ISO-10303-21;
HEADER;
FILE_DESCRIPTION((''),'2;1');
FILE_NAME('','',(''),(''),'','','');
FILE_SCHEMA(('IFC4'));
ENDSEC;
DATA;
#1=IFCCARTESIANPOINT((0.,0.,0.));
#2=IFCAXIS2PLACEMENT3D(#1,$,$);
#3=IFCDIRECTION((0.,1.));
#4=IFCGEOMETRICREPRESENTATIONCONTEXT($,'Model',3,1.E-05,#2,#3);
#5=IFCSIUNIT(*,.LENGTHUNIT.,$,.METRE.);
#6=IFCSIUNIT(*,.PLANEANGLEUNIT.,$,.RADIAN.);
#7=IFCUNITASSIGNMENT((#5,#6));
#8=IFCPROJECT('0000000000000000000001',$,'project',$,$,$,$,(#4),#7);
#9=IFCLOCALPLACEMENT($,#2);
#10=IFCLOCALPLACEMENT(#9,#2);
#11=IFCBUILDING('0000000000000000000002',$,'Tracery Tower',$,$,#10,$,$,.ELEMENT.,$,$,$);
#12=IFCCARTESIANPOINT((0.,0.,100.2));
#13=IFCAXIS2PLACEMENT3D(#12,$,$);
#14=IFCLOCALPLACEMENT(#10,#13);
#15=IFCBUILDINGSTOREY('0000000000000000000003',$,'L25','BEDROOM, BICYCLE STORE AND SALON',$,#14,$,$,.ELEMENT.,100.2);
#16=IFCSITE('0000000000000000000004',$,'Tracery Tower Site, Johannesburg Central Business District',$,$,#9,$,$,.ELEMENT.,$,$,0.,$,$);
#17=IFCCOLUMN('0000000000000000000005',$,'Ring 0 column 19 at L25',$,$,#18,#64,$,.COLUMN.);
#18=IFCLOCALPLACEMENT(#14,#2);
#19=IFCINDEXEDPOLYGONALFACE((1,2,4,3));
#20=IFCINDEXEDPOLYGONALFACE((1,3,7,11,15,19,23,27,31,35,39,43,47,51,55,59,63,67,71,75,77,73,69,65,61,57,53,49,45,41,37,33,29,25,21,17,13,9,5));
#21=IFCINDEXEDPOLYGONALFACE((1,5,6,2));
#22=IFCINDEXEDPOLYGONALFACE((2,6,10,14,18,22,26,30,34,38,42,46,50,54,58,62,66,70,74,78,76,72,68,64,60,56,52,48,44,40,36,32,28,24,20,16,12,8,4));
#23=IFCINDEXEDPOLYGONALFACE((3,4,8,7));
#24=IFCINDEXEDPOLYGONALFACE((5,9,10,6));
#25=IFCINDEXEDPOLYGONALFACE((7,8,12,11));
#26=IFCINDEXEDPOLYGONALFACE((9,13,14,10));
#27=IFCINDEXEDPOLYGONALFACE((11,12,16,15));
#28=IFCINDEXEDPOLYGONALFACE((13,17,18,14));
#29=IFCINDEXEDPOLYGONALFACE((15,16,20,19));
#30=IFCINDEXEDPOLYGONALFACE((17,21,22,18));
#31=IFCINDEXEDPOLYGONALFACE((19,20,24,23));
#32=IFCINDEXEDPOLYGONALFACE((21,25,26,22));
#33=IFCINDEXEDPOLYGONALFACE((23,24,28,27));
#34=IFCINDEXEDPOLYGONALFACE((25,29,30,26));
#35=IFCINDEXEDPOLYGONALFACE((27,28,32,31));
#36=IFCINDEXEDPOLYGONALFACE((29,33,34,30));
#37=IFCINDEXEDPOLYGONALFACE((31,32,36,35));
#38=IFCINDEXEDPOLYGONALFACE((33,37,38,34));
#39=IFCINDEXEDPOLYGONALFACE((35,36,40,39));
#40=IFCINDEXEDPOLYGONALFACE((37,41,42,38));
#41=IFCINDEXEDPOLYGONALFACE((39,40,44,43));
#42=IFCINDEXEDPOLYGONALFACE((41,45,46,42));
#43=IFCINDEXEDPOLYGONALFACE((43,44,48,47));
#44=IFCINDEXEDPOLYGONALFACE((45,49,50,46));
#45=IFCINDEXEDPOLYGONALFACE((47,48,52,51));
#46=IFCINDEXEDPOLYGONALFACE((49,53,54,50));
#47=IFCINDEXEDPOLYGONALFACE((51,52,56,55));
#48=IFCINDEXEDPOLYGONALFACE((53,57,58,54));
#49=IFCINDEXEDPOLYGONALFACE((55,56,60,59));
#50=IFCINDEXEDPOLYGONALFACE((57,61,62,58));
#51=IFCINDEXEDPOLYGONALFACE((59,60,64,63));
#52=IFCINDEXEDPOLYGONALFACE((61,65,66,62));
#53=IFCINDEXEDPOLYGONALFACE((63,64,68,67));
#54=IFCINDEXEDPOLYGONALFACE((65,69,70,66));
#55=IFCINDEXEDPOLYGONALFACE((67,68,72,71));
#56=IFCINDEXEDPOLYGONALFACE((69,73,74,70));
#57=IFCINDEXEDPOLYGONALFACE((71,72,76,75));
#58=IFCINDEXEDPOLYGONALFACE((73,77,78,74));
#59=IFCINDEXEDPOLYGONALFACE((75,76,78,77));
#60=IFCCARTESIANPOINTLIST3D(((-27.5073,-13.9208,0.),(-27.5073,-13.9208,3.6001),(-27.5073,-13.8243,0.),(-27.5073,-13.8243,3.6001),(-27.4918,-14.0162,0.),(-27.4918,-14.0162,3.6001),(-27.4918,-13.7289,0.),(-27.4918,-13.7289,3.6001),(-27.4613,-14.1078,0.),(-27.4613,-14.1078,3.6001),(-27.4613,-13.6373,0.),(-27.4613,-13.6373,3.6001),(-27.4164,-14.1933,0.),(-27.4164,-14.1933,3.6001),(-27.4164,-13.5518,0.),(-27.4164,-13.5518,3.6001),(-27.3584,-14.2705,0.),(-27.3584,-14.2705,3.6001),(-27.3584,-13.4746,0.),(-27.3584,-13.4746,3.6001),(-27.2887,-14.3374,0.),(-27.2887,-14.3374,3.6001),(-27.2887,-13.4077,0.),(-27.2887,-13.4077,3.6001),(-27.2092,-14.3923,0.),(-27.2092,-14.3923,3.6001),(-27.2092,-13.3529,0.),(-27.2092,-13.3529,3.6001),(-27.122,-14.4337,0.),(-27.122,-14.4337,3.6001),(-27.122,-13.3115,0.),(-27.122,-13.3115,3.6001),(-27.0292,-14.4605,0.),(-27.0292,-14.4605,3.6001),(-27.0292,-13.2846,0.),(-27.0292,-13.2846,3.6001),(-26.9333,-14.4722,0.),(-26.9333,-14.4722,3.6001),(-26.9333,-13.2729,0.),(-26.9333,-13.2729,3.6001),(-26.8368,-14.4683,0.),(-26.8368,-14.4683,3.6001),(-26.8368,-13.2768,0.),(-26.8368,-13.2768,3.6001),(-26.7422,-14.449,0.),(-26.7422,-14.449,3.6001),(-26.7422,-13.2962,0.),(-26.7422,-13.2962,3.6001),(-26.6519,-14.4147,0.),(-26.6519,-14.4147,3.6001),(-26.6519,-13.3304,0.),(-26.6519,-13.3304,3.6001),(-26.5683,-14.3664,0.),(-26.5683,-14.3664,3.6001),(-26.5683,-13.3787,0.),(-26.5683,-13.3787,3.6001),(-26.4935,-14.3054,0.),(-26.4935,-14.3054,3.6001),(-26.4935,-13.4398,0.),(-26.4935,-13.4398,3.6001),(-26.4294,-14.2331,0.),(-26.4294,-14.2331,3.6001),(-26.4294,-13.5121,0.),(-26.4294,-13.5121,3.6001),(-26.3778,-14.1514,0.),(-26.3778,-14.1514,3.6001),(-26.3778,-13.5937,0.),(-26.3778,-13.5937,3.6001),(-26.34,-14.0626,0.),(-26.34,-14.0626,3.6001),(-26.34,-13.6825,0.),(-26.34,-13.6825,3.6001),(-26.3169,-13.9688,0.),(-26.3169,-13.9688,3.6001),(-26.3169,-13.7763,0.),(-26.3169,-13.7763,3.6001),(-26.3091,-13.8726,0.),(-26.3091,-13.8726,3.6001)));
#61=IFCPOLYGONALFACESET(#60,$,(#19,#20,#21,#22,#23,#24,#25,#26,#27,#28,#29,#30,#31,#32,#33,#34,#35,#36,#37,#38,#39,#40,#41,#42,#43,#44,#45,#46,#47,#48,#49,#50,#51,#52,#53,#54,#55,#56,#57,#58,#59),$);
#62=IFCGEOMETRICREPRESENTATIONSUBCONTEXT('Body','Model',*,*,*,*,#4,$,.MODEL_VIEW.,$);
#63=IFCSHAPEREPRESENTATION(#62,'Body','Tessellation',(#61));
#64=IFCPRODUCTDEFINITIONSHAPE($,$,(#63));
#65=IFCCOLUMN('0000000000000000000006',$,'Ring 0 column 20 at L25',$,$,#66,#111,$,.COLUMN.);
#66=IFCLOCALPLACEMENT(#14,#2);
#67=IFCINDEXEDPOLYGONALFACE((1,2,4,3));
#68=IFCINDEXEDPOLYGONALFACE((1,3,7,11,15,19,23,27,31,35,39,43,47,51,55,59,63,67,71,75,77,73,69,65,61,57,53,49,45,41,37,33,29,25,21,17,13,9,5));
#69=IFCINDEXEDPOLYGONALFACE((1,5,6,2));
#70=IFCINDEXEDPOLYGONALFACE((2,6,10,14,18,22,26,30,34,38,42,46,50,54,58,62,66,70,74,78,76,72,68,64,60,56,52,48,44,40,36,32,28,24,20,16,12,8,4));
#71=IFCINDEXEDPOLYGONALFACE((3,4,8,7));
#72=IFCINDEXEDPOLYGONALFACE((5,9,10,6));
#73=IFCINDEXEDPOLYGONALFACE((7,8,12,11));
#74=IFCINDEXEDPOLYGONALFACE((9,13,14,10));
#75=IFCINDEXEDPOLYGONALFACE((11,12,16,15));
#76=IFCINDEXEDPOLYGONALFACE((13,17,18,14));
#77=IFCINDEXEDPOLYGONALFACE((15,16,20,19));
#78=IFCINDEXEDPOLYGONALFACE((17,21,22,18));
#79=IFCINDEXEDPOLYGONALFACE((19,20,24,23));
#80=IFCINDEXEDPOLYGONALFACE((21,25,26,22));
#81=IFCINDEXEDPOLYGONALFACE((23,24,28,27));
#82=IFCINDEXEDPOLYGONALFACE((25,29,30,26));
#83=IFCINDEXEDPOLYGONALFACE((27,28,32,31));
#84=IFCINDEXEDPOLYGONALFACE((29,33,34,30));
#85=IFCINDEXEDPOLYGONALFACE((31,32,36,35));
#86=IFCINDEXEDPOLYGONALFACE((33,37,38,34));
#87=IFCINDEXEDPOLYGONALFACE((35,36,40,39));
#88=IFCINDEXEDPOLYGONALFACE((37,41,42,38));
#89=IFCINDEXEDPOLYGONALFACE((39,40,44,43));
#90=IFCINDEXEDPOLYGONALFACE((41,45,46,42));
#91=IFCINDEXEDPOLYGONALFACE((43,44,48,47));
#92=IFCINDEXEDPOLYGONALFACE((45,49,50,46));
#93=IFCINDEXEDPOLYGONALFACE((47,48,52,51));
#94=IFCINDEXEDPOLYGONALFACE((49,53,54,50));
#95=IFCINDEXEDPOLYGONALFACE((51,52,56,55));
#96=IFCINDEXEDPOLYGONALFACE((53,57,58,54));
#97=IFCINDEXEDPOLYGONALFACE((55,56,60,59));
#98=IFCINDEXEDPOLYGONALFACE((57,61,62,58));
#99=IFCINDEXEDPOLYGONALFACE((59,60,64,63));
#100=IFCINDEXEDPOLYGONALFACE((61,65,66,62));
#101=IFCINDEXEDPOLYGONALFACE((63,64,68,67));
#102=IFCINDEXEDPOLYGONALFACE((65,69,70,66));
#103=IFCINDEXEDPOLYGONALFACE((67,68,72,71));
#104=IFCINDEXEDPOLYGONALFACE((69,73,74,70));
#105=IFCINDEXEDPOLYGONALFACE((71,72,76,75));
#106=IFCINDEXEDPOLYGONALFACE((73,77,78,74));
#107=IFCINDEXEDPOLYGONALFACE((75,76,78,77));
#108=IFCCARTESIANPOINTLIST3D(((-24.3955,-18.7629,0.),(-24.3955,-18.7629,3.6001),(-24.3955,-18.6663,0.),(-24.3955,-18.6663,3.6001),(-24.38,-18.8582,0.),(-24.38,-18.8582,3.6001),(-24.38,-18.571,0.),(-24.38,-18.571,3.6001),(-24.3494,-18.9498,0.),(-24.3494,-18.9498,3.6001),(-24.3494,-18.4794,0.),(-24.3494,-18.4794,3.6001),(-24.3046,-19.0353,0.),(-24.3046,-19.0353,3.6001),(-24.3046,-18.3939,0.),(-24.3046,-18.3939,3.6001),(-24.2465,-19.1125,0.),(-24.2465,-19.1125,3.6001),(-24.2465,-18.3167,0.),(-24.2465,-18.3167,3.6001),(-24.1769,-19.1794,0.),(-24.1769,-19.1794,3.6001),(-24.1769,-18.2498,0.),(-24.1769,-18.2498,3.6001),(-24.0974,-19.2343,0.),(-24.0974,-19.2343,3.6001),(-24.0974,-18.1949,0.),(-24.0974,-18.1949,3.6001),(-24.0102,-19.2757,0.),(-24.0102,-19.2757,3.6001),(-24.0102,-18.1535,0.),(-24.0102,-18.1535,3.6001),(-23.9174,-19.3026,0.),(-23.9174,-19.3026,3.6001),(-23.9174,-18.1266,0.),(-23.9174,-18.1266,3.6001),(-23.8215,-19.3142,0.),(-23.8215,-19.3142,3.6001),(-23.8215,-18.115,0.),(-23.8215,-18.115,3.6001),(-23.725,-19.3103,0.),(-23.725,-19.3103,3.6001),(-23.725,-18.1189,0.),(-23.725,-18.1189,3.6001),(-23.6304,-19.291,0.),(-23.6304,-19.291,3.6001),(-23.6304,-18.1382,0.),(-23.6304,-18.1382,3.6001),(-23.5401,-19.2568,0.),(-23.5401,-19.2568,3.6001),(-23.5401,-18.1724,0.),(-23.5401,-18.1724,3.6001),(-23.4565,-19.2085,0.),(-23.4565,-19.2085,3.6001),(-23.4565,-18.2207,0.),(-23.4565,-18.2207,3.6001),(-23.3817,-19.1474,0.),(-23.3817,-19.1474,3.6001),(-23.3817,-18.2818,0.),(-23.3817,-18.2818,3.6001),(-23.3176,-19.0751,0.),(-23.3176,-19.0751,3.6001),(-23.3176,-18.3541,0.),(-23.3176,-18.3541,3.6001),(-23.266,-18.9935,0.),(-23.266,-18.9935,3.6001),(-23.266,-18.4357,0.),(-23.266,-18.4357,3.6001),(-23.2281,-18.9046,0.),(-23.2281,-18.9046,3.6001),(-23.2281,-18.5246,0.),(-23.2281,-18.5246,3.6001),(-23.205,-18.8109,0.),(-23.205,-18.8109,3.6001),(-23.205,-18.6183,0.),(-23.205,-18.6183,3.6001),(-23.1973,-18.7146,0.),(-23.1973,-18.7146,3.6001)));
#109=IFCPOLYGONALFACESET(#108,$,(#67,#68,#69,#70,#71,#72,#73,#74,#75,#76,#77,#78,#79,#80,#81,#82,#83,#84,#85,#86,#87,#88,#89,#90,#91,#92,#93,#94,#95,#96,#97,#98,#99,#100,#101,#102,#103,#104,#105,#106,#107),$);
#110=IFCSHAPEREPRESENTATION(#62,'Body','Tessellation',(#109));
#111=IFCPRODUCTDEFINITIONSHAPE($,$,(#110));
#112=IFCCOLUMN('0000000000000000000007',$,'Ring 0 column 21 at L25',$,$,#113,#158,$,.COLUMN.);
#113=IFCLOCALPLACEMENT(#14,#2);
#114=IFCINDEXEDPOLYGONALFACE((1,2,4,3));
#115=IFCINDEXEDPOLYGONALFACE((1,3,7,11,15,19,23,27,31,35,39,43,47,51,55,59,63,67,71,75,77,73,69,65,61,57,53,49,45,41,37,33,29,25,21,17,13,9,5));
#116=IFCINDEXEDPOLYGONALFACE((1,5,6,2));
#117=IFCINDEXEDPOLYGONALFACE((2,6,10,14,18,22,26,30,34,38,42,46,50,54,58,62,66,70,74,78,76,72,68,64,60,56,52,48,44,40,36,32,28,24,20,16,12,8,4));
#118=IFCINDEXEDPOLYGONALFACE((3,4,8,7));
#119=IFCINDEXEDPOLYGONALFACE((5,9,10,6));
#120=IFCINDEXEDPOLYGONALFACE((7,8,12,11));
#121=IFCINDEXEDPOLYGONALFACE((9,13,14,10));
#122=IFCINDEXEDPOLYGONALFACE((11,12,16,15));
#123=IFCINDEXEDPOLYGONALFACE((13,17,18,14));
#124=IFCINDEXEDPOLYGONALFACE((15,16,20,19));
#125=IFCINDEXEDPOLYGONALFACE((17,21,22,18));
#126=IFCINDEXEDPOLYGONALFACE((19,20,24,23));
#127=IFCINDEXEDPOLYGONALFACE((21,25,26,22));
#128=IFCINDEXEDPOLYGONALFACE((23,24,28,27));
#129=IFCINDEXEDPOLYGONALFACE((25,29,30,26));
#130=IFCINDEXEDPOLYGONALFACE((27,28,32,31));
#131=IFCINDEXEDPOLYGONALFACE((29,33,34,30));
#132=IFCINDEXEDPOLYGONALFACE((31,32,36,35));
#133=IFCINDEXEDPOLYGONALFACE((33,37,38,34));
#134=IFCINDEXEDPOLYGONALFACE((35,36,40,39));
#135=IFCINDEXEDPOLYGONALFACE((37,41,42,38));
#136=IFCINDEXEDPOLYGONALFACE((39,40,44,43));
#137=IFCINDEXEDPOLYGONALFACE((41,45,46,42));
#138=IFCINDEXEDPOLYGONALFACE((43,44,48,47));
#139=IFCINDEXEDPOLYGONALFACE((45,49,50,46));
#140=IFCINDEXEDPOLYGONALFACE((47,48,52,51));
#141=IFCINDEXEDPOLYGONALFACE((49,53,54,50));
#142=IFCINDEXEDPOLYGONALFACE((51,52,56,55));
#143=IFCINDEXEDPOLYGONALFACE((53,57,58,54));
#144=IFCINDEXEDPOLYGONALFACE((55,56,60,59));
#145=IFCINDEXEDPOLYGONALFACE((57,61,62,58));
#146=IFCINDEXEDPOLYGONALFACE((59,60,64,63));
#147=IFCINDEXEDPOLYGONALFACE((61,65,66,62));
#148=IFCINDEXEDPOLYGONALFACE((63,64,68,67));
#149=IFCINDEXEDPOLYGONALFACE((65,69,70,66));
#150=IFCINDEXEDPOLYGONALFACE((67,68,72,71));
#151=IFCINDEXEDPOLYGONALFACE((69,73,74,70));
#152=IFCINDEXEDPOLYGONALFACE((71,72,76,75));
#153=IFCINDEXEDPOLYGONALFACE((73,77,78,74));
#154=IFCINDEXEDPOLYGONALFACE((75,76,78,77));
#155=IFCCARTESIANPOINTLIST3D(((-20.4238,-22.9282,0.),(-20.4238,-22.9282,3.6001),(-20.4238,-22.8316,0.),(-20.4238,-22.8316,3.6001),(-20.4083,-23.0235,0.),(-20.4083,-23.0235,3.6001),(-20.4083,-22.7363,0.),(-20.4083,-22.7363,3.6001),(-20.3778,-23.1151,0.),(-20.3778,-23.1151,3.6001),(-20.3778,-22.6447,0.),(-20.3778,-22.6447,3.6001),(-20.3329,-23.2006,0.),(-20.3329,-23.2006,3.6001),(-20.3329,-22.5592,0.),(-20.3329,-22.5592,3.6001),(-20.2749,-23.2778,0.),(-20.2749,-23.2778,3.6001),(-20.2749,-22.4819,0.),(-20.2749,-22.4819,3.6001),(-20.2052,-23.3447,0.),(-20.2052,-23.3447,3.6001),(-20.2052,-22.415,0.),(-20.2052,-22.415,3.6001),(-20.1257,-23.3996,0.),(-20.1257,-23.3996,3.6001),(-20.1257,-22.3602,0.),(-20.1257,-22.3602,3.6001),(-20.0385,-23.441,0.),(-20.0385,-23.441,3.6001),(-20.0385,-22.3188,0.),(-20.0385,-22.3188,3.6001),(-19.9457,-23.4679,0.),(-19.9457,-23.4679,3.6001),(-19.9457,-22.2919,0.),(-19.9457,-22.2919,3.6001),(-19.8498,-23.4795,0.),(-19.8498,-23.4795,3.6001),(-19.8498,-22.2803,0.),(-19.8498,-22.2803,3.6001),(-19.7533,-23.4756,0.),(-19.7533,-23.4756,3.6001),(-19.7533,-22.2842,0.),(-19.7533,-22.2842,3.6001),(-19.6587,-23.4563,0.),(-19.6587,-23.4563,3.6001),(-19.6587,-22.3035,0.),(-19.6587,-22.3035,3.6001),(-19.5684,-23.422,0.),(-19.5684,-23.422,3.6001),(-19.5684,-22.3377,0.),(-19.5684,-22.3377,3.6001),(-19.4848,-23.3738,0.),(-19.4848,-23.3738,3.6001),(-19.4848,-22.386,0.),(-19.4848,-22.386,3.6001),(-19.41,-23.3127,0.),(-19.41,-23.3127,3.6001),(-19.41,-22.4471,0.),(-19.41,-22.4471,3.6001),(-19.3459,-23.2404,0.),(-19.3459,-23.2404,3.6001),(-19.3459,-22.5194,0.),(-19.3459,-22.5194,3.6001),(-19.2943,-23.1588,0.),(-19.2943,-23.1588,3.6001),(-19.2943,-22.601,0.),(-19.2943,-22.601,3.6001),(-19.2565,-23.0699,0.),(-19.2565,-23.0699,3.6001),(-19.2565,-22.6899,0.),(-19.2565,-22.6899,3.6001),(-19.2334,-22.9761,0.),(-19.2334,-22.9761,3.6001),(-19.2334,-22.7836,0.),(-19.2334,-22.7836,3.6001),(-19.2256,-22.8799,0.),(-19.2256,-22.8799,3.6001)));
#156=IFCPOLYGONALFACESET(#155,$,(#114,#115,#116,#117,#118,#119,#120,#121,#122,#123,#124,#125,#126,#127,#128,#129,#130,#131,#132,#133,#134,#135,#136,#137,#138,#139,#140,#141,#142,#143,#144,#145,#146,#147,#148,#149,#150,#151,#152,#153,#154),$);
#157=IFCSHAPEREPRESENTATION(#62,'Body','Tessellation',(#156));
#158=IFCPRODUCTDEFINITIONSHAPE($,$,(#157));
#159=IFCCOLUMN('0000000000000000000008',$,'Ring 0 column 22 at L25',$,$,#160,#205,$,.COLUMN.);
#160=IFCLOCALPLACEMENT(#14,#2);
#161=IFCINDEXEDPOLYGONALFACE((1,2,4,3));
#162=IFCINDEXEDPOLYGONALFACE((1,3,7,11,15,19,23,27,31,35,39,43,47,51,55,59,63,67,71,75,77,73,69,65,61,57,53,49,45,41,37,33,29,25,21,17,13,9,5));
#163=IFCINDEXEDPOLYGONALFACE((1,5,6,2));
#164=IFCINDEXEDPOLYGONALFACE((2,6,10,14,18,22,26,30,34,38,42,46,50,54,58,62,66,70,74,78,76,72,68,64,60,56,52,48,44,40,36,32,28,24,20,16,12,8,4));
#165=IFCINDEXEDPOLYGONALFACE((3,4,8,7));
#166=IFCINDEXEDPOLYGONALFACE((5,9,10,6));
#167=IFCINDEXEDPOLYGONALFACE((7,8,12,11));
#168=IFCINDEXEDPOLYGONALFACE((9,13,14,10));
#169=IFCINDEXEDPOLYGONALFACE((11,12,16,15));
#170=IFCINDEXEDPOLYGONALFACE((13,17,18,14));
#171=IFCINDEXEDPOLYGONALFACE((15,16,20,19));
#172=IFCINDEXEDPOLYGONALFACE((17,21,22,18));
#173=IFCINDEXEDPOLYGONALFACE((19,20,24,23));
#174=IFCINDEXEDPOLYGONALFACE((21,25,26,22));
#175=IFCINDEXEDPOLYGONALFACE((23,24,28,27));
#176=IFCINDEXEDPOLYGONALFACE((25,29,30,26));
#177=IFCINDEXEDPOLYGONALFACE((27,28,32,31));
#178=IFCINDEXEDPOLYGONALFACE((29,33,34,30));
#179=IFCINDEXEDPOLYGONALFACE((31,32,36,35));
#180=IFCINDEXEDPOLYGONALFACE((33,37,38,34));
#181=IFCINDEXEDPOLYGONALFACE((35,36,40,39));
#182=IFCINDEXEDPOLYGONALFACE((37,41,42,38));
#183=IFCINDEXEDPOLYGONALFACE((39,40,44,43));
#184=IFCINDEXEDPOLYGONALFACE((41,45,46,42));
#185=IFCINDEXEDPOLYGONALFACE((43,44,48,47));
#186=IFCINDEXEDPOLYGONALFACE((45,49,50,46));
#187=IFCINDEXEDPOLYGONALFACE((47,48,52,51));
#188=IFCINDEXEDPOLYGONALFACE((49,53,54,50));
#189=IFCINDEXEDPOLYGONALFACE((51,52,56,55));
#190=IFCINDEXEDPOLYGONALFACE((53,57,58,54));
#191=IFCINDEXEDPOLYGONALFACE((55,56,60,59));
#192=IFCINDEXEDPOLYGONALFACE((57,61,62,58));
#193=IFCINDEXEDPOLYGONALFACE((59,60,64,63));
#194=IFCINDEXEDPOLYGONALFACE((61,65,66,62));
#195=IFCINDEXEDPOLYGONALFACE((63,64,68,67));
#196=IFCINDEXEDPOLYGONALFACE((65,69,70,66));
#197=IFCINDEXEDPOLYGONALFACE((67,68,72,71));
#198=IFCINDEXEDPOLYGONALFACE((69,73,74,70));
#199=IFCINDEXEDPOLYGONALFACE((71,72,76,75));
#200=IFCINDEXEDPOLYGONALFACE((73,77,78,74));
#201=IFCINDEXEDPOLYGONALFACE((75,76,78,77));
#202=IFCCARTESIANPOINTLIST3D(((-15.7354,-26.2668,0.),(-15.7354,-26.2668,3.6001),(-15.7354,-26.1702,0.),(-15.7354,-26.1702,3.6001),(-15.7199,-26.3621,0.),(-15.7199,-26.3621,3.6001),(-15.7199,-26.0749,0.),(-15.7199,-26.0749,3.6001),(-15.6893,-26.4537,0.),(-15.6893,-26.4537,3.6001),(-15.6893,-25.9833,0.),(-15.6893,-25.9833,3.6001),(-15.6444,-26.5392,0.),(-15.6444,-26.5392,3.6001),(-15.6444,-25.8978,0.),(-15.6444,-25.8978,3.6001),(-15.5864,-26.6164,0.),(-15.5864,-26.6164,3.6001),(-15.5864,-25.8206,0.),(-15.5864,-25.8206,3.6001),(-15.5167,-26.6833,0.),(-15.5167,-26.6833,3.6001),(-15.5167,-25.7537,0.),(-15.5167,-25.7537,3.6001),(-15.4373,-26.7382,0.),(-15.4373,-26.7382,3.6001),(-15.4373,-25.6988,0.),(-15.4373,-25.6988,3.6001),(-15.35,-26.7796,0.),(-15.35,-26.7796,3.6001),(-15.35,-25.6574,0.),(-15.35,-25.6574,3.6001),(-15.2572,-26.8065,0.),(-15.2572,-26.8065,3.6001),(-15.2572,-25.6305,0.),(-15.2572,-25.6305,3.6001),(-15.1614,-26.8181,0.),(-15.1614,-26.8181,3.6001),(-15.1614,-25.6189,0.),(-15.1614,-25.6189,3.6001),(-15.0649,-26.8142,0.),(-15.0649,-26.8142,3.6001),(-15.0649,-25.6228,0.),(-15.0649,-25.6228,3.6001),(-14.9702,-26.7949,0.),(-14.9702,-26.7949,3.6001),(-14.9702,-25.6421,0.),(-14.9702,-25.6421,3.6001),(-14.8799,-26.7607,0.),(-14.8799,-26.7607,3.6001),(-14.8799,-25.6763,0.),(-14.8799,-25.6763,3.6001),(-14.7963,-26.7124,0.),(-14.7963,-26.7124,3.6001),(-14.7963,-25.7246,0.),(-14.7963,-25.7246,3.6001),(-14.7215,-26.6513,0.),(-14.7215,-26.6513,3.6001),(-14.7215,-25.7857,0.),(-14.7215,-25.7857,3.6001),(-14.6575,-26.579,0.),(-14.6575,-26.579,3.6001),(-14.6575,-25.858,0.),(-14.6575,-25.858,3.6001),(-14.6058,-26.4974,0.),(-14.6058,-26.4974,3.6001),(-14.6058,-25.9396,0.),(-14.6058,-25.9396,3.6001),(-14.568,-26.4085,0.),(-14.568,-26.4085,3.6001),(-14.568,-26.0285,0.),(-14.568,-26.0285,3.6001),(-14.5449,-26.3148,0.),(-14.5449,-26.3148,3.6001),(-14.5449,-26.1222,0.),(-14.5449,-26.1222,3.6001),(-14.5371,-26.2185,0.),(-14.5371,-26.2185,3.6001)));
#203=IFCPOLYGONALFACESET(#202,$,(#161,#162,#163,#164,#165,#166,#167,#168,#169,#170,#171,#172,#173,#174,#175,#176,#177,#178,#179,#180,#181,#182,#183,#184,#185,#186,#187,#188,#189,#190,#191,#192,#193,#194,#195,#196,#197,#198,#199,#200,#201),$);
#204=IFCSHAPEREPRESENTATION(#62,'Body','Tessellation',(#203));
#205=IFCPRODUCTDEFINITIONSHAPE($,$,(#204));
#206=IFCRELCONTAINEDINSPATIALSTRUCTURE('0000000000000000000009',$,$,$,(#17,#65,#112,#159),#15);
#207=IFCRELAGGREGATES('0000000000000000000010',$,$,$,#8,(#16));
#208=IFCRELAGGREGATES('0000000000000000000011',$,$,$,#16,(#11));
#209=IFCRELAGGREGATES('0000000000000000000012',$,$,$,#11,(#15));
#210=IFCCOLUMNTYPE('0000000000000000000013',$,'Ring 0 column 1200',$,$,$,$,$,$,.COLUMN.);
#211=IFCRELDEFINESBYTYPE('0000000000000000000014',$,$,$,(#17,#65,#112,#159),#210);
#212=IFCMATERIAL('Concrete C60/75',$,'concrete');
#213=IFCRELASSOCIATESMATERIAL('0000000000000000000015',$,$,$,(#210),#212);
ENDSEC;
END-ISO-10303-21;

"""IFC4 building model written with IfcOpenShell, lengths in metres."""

from ifc_helpers import new_model, si_unit, direction, frame, origin, origin_2d, place, context, subcontext, project, spatial, circle, extrude, material, material_profile, profile_set, type_object, element, save


model = new_model("IFC4")

# Units and contexts
model_context = context("Model", 3, precision=1e-05, world=origin(), true_north=direction((0.0, 1.0)))
body_context = subcontext(model_context, "Body", "Model", "MODEL_VIEW")
ifc_project = project(units=[si_unit("LENGTHUNIT", "METRE"), si_unit("PLANEANGLEUNIT", "RADIAN")], contexts=[model_context])

# Site, building, storey
site_placement = place(None, origin())
site = spatial("IfcSite", under=ifc_project, at=site_placement, Name="Tracery Tower Site, Johannesburg Central Business District", CompositionType="ELEMENT", RefElevation=0.0)
building_placement = place(site_placement, origin())
building = spatial("IfcBuilding", under=site, at=building_placement, Name="Tracery Tower", CompositionType="ELEMENT")
storey_placement = place(building_placement, frame((0.0, 0.0, 100.2)))
storey = spatial("IfcBuildingStorey", under=building, at=storey_placement, Name="L25", Description="BEDROOM, BICYCLE STORE AND SALON", CompositionType="ELEMENT", Elevation=100.2)

# Columns
ifc_material_1 = material(Name="Concrete C60/75", Category="concrete")
ifc_material_profile_1 = material_profile(ifc_material_1, circle(Radius=0.6001, at=origin_2d()), Name="RC D1200")
ifc_profile_set_1 = profile_set([ifc_material_profile_1], Name="Concrete C60/75")
column_type_1 = type_object("IfcColumnType", Name="Ring 0 column 1200", PredefinedType="COLUMN", material=ifc_profile_set_1)
for number, where, z_axis, x_axis, name in (
    (1, (-26.9092, -13.8726, 0.0), (0.0, 0.0, 1.0), (1.0, 0.0, 0.0), "Ring 0 column 19 at L25"),
    (2, (-23.7974, -18.7146, 0.0), (0.0, 0.0, 1.0), (1.0, 0.0, 0.0), "Ring 0 column 20 at L25"),
    (3, (-19.8257, -22.8799, 0.0), (0.0, 0.0, 1.0), (1.0, 0.0, 0.0), "Ring 0 column 21 at L25"),
    (4, (-15.1372, -26.2185, 0.0), (0.0, 0.0, 1.0), (1.0, 0.0, 0.0), "Ring 0 column 22 at L25"),
):
    element("IfcColumn", number, at=place(storey_placement, frame(where, z_axis=z_axis, x_axis=x_axis)), inside=storey, type_object=column_type_1, Name=name, PredefinedType="COLUMN", context=body_context, shape_type="SweptSolid", body=[
        extrude(circle(Radius=0.6001, at=origin_2d()), origin(), (0.0, 0.0, 1.0), 3.6001),
    ])

save(model, "model.ifc")
